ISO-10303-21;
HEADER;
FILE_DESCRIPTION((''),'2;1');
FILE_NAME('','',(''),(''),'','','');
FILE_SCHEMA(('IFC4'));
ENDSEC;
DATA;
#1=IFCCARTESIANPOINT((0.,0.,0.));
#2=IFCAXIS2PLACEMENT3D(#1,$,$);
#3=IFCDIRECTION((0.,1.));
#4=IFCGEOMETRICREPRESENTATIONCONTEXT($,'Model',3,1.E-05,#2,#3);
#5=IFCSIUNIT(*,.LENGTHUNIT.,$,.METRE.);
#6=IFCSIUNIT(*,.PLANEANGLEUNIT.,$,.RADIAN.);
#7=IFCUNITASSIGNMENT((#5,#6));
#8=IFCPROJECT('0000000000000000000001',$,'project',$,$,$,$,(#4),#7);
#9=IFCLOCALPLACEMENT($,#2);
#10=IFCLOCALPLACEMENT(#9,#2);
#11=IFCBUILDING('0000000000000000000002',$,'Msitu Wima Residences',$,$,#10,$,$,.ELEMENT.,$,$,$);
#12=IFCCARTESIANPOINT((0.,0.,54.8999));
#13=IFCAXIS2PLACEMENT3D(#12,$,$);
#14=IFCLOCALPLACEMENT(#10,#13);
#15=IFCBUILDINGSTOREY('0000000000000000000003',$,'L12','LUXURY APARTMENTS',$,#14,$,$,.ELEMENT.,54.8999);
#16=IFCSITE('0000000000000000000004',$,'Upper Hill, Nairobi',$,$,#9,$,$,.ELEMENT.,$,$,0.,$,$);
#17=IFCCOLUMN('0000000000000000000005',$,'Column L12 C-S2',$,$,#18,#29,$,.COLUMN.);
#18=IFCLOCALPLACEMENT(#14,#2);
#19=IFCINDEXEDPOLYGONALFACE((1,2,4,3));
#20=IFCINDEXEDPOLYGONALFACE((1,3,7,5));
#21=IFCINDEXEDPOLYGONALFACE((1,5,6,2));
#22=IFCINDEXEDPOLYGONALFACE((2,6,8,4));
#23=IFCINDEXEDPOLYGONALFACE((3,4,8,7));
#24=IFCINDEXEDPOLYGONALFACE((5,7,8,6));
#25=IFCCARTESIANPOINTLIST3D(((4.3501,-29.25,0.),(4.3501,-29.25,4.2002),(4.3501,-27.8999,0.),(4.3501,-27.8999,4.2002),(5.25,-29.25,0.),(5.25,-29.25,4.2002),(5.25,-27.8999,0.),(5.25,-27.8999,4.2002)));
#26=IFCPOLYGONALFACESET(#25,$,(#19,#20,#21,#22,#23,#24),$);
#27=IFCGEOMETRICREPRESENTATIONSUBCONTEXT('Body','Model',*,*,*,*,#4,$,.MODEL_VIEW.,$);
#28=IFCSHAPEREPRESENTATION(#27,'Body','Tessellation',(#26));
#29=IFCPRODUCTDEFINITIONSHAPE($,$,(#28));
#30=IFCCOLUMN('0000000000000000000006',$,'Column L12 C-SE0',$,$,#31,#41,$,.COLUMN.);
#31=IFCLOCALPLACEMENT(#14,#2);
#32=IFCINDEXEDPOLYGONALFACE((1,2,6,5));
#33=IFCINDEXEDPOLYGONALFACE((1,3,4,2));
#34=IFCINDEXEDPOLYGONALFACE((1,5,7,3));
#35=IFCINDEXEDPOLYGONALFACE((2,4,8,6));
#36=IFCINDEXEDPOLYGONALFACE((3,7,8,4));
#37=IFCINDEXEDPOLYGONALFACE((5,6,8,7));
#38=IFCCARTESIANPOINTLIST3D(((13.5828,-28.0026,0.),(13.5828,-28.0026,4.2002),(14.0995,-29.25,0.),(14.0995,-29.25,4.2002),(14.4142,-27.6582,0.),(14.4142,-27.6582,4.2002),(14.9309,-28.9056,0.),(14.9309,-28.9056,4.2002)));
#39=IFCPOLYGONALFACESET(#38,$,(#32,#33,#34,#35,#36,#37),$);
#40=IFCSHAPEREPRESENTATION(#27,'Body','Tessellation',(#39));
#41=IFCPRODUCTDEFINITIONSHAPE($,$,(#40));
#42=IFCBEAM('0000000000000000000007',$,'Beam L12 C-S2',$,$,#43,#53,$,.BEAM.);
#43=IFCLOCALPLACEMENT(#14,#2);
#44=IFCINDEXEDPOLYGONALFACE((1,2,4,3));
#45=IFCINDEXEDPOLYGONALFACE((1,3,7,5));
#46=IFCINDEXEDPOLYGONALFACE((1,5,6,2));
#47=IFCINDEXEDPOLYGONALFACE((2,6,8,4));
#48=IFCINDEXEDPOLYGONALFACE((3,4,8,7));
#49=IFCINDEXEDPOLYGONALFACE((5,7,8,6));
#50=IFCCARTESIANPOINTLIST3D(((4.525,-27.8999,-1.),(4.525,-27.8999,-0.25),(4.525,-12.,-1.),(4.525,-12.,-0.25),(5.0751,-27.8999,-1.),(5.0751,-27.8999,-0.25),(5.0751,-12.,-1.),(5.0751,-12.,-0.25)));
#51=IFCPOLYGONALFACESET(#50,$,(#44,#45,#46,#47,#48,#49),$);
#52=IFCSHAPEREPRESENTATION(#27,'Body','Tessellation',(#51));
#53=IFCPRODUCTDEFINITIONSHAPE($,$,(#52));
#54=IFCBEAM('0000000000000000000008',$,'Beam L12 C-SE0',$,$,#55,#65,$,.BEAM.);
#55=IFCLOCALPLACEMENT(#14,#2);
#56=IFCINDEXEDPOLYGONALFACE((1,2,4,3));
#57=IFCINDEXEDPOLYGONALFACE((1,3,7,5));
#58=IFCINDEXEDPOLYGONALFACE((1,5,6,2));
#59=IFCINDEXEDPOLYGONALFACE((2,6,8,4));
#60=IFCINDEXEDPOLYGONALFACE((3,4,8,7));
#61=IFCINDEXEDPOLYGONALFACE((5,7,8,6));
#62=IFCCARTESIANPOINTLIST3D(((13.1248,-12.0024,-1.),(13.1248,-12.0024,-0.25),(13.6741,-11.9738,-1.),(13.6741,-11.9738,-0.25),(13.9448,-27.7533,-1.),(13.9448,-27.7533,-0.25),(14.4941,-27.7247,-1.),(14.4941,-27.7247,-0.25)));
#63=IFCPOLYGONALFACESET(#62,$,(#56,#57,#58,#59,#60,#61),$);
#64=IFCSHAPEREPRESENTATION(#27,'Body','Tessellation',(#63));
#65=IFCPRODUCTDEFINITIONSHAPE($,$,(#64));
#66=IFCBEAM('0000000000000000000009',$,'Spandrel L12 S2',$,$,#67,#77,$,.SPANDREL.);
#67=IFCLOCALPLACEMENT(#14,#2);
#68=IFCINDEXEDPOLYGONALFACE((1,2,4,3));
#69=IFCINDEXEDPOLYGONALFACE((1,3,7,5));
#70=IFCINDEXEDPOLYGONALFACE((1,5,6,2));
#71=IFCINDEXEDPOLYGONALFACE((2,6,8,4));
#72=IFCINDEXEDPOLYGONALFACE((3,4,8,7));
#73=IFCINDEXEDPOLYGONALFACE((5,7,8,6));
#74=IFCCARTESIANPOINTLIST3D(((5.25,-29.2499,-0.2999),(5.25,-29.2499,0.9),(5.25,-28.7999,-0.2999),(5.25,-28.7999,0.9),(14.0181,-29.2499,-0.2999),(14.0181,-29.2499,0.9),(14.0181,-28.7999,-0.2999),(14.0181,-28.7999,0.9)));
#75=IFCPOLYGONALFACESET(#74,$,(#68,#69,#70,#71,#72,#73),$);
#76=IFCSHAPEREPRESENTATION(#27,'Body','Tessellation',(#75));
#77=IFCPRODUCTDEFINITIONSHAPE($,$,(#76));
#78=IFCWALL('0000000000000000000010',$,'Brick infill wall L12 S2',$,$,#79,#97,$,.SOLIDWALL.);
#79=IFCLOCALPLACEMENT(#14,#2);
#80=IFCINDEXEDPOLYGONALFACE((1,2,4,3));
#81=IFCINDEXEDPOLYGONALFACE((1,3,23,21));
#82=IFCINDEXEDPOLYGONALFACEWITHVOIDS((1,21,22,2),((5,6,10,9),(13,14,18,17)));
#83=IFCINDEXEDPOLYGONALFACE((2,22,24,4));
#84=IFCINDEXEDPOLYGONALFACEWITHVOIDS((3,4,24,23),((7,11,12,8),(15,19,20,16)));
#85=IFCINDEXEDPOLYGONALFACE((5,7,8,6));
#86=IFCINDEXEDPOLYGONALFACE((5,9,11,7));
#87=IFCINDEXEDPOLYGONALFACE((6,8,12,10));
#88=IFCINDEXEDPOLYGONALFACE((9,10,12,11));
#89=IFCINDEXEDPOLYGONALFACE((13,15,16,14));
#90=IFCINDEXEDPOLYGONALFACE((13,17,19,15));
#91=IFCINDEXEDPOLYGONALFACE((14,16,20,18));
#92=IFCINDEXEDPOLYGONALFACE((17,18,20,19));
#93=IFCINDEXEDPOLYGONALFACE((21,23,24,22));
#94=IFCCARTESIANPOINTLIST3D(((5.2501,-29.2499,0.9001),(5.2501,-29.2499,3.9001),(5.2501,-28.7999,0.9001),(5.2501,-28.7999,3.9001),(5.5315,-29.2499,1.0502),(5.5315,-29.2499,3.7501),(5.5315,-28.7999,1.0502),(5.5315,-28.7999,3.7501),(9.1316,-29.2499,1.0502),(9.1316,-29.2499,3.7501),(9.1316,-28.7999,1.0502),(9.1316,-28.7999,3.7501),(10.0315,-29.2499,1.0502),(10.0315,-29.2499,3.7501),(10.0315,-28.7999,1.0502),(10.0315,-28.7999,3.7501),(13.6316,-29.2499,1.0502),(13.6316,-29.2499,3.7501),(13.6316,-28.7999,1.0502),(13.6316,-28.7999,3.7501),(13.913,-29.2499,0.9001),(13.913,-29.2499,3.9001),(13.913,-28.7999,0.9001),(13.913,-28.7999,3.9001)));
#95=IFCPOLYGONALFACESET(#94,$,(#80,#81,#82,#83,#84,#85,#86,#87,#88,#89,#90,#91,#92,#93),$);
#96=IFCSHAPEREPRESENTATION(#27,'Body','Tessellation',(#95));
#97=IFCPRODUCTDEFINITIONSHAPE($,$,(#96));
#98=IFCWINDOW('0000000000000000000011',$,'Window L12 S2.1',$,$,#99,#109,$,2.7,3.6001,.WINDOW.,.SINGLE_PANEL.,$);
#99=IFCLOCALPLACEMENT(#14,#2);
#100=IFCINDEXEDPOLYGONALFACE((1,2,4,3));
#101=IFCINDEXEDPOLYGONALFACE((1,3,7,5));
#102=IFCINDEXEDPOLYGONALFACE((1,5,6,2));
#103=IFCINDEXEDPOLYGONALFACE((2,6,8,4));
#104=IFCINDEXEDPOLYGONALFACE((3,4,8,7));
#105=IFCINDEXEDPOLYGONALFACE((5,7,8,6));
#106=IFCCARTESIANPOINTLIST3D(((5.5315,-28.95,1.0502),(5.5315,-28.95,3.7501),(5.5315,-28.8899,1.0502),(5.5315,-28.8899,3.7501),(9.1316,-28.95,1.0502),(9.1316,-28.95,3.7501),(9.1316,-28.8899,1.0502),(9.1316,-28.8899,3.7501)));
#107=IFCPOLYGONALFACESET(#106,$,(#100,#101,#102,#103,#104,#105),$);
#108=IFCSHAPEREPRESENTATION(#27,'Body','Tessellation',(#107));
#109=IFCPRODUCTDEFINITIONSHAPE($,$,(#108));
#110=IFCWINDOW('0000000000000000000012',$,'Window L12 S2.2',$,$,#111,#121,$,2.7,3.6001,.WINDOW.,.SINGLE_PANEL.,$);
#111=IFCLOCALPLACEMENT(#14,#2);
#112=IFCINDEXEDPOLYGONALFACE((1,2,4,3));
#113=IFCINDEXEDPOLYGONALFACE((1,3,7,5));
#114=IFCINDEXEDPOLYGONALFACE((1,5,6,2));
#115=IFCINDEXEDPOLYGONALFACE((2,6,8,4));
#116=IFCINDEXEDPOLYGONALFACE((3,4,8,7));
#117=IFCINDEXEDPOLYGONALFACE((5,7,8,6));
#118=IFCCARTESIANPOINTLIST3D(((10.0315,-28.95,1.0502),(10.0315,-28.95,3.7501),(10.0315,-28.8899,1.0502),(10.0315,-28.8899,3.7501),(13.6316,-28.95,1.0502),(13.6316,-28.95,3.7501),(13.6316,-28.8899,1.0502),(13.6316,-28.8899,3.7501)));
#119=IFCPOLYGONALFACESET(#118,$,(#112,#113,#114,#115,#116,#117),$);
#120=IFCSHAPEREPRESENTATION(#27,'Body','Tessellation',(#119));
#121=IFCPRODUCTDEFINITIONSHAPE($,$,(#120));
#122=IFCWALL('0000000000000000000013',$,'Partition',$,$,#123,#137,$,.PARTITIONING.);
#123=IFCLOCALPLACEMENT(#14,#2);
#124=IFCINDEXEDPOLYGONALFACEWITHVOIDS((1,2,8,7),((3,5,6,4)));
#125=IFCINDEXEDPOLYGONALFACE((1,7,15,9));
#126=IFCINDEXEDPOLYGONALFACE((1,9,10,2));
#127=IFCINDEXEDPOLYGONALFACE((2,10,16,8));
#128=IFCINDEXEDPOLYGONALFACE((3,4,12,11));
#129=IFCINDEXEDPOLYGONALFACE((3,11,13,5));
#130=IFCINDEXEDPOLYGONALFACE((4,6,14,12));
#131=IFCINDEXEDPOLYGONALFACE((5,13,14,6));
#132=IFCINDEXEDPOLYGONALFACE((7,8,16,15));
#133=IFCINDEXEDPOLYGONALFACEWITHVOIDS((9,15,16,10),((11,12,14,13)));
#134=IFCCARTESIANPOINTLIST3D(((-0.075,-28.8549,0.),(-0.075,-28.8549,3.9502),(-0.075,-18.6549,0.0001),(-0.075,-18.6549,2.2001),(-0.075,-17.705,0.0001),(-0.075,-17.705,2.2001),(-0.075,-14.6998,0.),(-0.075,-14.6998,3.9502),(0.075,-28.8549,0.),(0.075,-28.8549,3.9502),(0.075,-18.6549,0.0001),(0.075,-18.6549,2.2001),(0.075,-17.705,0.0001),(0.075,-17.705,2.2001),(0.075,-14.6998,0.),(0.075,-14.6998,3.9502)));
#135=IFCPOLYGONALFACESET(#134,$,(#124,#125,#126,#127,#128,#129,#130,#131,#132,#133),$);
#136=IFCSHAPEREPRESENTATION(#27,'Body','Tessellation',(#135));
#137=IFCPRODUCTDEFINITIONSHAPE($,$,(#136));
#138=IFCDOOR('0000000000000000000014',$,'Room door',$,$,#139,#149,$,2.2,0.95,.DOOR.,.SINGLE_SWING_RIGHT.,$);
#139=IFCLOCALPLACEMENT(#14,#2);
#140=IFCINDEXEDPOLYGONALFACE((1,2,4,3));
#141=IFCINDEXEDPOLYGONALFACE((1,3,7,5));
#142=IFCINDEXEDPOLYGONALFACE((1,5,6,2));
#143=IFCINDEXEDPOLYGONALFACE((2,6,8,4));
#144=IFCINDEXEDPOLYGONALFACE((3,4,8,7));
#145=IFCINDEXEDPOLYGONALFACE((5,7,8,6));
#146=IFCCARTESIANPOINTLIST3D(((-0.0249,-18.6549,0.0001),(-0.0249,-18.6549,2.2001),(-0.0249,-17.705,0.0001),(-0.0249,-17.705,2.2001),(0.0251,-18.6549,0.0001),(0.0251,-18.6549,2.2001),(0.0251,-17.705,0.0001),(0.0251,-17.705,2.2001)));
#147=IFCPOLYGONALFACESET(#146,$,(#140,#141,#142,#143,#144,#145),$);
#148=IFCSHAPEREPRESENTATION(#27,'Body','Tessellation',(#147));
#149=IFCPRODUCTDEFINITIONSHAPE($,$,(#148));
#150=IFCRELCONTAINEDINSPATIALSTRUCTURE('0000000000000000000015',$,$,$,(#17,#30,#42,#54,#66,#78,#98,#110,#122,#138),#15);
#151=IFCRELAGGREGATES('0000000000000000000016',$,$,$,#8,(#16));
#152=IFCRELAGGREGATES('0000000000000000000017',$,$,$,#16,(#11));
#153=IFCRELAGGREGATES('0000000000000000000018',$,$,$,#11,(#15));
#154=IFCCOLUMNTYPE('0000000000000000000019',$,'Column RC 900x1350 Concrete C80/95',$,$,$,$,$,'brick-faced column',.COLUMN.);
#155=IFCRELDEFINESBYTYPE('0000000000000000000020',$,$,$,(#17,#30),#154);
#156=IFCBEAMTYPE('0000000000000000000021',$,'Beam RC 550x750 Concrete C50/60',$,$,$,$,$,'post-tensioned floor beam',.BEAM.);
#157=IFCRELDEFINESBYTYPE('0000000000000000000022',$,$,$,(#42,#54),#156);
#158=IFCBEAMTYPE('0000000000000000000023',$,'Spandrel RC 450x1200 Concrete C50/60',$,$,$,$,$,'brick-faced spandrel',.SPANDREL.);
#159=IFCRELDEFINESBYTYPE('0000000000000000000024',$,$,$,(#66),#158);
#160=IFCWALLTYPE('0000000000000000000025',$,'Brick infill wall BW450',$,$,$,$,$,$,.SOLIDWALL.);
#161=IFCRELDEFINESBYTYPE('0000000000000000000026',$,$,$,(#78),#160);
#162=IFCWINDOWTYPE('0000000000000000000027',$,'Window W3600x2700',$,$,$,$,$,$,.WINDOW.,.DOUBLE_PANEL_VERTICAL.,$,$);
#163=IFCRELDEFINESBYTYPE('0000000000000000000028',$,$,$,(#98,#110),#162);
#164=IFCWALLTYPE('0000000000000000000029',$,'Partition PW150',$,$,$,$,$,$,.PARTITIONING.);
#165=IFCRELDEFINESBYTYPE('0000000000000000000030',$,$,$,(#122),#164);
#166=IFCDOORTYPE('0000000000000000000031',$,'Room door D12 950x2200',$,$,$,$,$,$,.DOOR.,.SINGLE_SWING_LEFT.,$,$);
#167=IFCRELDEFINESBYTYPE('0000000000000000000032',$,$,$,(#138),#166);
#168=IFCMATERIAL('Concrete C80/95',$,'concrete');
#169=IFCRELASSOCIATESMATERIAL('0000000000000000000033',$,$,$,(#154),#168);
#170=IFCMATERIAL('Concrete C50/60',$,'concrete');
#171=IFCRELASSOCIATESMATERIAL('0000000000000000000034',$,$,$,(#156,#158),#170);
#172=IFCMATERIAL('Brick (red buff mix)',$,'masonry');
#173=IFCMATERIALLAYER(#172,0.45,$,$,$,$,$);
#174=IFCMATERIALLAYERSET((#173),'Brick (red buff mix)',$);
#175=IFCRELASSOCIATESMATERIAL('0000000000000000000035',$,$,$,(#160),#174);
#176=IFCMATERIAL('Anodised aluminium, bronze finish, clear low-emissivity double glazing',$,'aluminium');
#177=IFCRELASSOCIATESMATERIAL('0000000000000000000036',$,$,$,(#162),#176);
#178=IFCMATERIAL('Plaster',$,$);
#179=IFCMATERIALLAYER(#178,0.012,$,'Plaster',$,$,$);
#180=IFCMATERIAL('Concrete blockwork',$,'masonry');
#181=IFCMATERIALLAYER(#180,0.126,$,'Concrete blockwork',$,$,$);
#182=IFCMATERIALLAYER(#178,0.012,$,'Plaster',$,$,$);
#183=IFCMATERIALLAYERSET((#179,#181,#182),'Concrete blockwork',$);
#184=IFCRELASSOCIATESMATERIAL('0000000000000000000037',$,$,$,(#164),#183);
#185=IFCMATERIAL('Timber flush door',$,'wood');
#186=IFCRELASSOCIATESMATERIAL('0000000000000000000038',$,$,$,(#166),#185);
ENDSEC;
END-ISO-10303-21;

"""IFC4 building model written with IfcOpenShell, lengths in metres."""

from ifc_helpers import new_model, si_unit, direction, frame, frame_2d, origin, origin_2d, place, context, subcontext, project, spatial, rectangle, extrude, material, layer, layer_set, material_profile, profile_set, type_object, element, fill, save


model = new_model("IFC4")

# Units and contexts
model_context = context("Model", 3, precision=1e-05, world=origin(), true_north=direction((0.0, 1.0)))
body_context = subcontext(model_context, "Body", "Model", "MODEL_VIEW")
ifc_project = project(units=[si_unit("LENGTHUNIT", "METRE"), si_unit("PLANEANGLEUNIT", "RADIAN")], contexts=[model_context])

# Site, building, storey
site_placement = place(None, origin())
site = spatial("IfcSite", under=ifc_project, at=site_placement, Name="Upper Hill, Nairobi", CompositionType="ELEMENT", RefElevation=0.0)
building_placement = place(site_placement, origin())
building = spatial("IfcBuilding", under=site, at=building_placement, Name="Msitu Wima Residences", CompositionType="ELEMENT")
storey_placement = place(building_placement, frame((0.0, 0.0, 54.8999)))
storey = spatial("IfcBuildingStorey", under=building, at=storey_placement, Name="L12", Description="LUXURY APARTMENTS", CompositionType="ELEMENT", Elevation=54.8999)

# Columns
ifc_material_1 = material(Name="Concrete C80/95", Category="concrete")
ifc_material_profile_1 = material_profile(ifc_material_1, rectangle(XDim=0.8999, YDim=1.3501, at=origin_2d()), Name="RC 900x1350")
ifc_profile_set_1 = profile_set([ifc_material_profile_1], Name="Concrete C80/95")
column_type = type_object("IfcColumnType", Name="Column RC 900x1350 Concrete C80/95", ElementType="brick-faced column", PredefinedType="COLUMN", material=ifc_profile_set_1)
for number, where, z_axis, x_axis, name in (
    (1, (4.8, -28.575, 0.0), (0.0, 0.0, 1.0), (1.0, 0.0, 0.0), "Column L12 C-S2"),
    (2, (14.2568, -28.4541, 0.0), (0.0, 0.0, 1.0), (0.92388, 0.382683, 0.0), "Column L12 C-SE0"),
):
    element("IfcColumn", number, at=place(storey_placement, frame(where, z_axis=z_axis, x_axis=x_axis)), inside=storey, type_object=column_type, Name=name, PredefinedType="COLUMN", context=body_context, shape_type="SweptSolid", body=[
        extrude(rectangle(XDim=0.8999, YDim=1.3501, at=origin_2d()), origin(), (0.0, 0.0, 1.0), 4.2002),
    ])

# Beams
ifc_material_2 = material(Name="Concrete C50/60", Category="concrete")
ifc_material_profile_2 = material_profile(ifc_material_2, rectangle(XDim=0.55, YDim=0.75, at=origin_2d()), Name="RC 550x750")
ifc_profile_set_2 = profile_set([ifc_material_profile_2], Name="Concrete C50/60")
beam_type_1 = type_object("IfcBeamType", Name="Beam RC 550x750 Concrete C50/60", ElementType="post-tensioned floor beam", PredefinedType="BEAM", material=ifc_profile_set_2)
beam_1_placement = place(storey_placement, frame((4.8, -27.8999, -0.625), z_axis=(0.0, 1.0, 0.0), x_axis=(-1.0, 0.0, 0.0)))
element("IfcBeam", 3, at=beam_1_placement, inside=storey, type_object=beam_type_1, Name="Beam L12 C-S2", PredefinedType="BEAM", context=body_context, shape_type="SweptSolid", body=[
    extrude(rectangle(XDim=0.55, YDim=0.75, at=origin_2d()), origin(), (0.0, 0.0, 1.0), 15.8999),
])
beam_2_placement = place(storey_placement, frame((14.2195, -27.739, -0.625), z_axis=(-0.051994, 0.998647, 0.0), x_axis=(-0.998647, -0.051994, 0.0)))
element("IfcBeam", 4, at=beam_2_placement, inside=storey, type_object=beam_type_1, Name="Beam L12 C-SE0", PredefinedType="BEAM", context=body_context, shape_type="SweptSolid", body=[
    extrude(rectangle(XDim=0.55, YDim=0.75, at=origin_2d()), origin(), (0.0, 0.0, 1.0), 15.7722),
])
ifc_material_profile_3 = material_profile(ifc_material_2, rectangle(XDim=0.45, YDim=1.2, at=origin_2d()), Name="RC 450x1200")
ifc_profile_set_3 = profile_set([ifc_material_profile_3], Name="Concrete C50/60")
beam_type_2 = type_object("IfcBeamType", Name="Spandrel RC 450x1200 Concrete C50/60", ElementType="brick-faced spandrel", PredefinedType="SPANDREL", material=ifc_profile_set_3)
beam_3_placement = place(storey_placement, frame((5.25, -29.0249, 0.3), z_axis=(1.0, 0.0, 0.0), x_axis=(0.0, 1.0, 0.0)))
element("IfcBeam", 5, at=beam_3_placement, inside=storey, type_object=beam_type_2, Name="Spandrel L12 S2", PredefinedType="SPANDREL", context=body_context, shape_type="SweptSolid", body=[
    extrude(rectangle(XDim=0.45, YDim=1.2, at=origin_2d()), origin(), (0.0, 0.0, 1.0), 8.7681),
])

# Wall, openings, windows
ifc_material_3 = material(Name="Brick (red buff mix)", Category="masonry")
ifc_layer_1 = layer(ifc_material_3, 0.45)
ifc_layer_set_1 = layer_set([ifc_layer_1], Name="Brick (red buff mix)")
wall_type_1 = type_object("IfcWallType", Name="Brick infill wall BW450", PredefinedType="SOLIDWALL", material=ifc_layer_set_1)
wall_1_placement = place(storey_placement, frame((5.25, -29.0249, 0.9001), z_axis=(0.0, 0.0, 1.0), x_axis=(1.0, 0.0, 0.0)))
wall_1 = element("IfcWall", 6, at=wall_1_placement, inside=storey, type_object=wall_type_1, Name="Brick infill wall L12 S2", PredefinedType="SOLIDWALL", context=body_context, shape_type="SweptSolid", body=[
    extrude(rectangle(XDim=8.6628, YDim=0.45, at=frame_2d((4.3315, 0.0))), origin(), (0.0, 0.0, 1.0), 3.0),
])
opening_1_placement = place(wall_1_placement, frame((0.2815, 0.0, 0.1499)))
opening_1 = element("IfcOpeningElement", 7, at=opening_1_placement, cuts=wall_1, PredefinedType="OPENING", context=body_context, shape_type="SweptSolid", body=[
    extrude(rectangle(XDim=3.6001, YDim=2.7, at=frame_2d((1.8, 1.3501))), frame((0.0, 0.2349, 0.0), z_axis=(0.0, -1.0, 0.0), x_axis=(1.0, 0.0, 0.0)), (0.0, 0.0, 1.0), 0.47),
])
opening_2_placement = place(wall_1_placement, frame((4.7815, 0.0, 0.1499)))
opening_2 = element("IfcOpeningElement", 8, at=opening_2_placement, cuts=wall_1, PredefinedType="OPENING", context=body_context, shape_type="SweptSolid", body=[
    extrude(rectangle(XDim=3.6001, YDim=2.7, at=frame_2d((1.8, 1.3501))), frame((0.0, 0.2349, 0.0), z_axis=(0.0, -1.0, 0.0), x_axis=(1.0, 0.0, 0.0)), (0.0, 0.0, 1.0), 0.47),
])
ifc_material_4 = material(Name="Anodised aluminium, bronze finish, clear low-emissivity double glazing", Category="aluminium")
window_type = type_object("IfcWindowType", Name="Window W3600x2700", PartitioningType="DOUBLE_PANEL_VERTICAL", PredefinedType="WINDOW", material=ifc_material_4)
window_1_placement = place(opening_1_placement, origin())
window_1 = element("IfcWindow", 9, at=window_1_placement, inside=storey, type_object=window_type, Name="Window L12 S2.1", OverallHeight=2.7, OverallWidth=3.6001, PartitioningType="SINGLE_PANEL", PredefinedType="WINDOW", context=body_context, shape_type="SweptSolid", body=[
    extrude(rectangle(XDim=3.6001, YDim=2.7, at=frame_2d((1.8, 1.3501))), frame((0.0, 0.135, 0.0), z_axis=(0.0, -1.0, 0.0), x_axis=(1.0, 0.0, 0.0)), (0.0, 0.0, 1.0), 0.0601),
])
fill(opening_1, window_1)
window_2_placement = place(opening_2_placement, origin())
window_2 = element("IfcWindow", 10, at=window_2_placement, inside=storey, type_object=window_type, Name="Window L12 S2.2", OverallHeight=2.7, OverallWidth=3.6001, PartitioningType="SINGLE_PANEL", PredefinedType="WINDOW", context=body_context, shape_type="SweptSolid", body=[
    extrude(rectangle(XDim=3.6001, YDim=2.7, at=frame_2d((1.8, 1.3501))), frame((0.0, 0.135, 0.0), z_axis=(0.0, -1.0, 0.0), x_axis=(1.0, 0.0, 0.0)), (0.0, 0.0, 1.0), 0.0601),
])
fill(opening_2, window_2)

# Wall, opening, door
ifc_material_5 = material(Name="Plaster")
ifc_layer_2 = layer(ifc_material_5, 0.012, Name="Plaster")
ifc_material_6 = material(Name="Concrete blockwork", Category="masonry")
ifc_layer_3 = layer(ifc_material_6, 0.126, Name="Concrete blockwork")
ifc_layer_4 = layer(ifc_material_5, 0.012, Name="Plaster")
ifc_layer_set_2 = layer_set([ifc_layer_2, ifc_layer_3, ifc_layer_4], Name="Concrete blockwork")
wall_type_2 = type_object("IfcWallType", Name="Partition PW150", PredefinedType="PARTITIONING", material=ifc_layer_set_2)
wall_2_placement = place(storey_placement, frame((0.0, -28.855, 0.0), z_axis=(0.0, 0.0, 1.0), x_axis=(0.0, 1.0, 0.0)))
wall_2 = element("IfcWall", 11, at=wall_2_placement, inside=storey, type_object=wall_type_2, Name="Partition", PredefinedType="PARTITIONING", context=body_context, shape_type="SweptSolid", body=[
    extrude(rectangle(XDim=14.155, YDim=0.1499, at=frame_2d((7.0776, 0.0))), origin(), (0.0, 0.0, 1.0), 3.9502),
])
opening_3_placement = place(wall_2_placement, frame((10.2, 0.0, 0.0)))
opening_3 = element("IfcOpeningElement", 12, at=opening_3_placement, cuts=wall_2, PredefinedType="OPENING", context=body_context, shape_type="SweptSolid", body=[
    extrude(rectangle(XDim=0.95, YDim=2.2, at=frame_2d((0.4751, 1.1001))), frame((0.0, 0.085, 0.0), z_axis=(0.0, -1.0, 0.0), x_axis=(1.0, 0.0, 0.0)), (0.0, 0.0, 1.0), 0.1699),
])
ifc_material_7 = material(Name="Timber flush door", Category="wood")
door_type_1 = type_object("IfcDoorType", Name="Room door D12 950x2200", OperationType="SINGLE_SWING_LEFT", PredefinedType="DOOR", material=ifc_material_7)
door_1_placement = place(opening_3_placement, origin())
door_1 = element("IfcDoor", 13, at=door_1_placement, inside=storey, type_object=door_type_1, Name="Room door", OperationType="SINGLE_SWING_RIGHT", OverallHeight=2.2, OverallWidth=0.95, PredefinedType="DOOR", context=body_context, shape_type="SweptSolid", body=[
    extrude(rectangle(XDim=0.95, YDim=2.2, at=frame_2d((0.4751, 1.1001))), frame((0.0, 0.0249, 0.0), z_axis=(0.0, -1.0, 0.0), x_axis=(1.0, 0.0, 0.0)), (0.0, 0.0, 1.0), 0.05),
])
fill(opening_3, door_1)

save(model, "model.ifc")
